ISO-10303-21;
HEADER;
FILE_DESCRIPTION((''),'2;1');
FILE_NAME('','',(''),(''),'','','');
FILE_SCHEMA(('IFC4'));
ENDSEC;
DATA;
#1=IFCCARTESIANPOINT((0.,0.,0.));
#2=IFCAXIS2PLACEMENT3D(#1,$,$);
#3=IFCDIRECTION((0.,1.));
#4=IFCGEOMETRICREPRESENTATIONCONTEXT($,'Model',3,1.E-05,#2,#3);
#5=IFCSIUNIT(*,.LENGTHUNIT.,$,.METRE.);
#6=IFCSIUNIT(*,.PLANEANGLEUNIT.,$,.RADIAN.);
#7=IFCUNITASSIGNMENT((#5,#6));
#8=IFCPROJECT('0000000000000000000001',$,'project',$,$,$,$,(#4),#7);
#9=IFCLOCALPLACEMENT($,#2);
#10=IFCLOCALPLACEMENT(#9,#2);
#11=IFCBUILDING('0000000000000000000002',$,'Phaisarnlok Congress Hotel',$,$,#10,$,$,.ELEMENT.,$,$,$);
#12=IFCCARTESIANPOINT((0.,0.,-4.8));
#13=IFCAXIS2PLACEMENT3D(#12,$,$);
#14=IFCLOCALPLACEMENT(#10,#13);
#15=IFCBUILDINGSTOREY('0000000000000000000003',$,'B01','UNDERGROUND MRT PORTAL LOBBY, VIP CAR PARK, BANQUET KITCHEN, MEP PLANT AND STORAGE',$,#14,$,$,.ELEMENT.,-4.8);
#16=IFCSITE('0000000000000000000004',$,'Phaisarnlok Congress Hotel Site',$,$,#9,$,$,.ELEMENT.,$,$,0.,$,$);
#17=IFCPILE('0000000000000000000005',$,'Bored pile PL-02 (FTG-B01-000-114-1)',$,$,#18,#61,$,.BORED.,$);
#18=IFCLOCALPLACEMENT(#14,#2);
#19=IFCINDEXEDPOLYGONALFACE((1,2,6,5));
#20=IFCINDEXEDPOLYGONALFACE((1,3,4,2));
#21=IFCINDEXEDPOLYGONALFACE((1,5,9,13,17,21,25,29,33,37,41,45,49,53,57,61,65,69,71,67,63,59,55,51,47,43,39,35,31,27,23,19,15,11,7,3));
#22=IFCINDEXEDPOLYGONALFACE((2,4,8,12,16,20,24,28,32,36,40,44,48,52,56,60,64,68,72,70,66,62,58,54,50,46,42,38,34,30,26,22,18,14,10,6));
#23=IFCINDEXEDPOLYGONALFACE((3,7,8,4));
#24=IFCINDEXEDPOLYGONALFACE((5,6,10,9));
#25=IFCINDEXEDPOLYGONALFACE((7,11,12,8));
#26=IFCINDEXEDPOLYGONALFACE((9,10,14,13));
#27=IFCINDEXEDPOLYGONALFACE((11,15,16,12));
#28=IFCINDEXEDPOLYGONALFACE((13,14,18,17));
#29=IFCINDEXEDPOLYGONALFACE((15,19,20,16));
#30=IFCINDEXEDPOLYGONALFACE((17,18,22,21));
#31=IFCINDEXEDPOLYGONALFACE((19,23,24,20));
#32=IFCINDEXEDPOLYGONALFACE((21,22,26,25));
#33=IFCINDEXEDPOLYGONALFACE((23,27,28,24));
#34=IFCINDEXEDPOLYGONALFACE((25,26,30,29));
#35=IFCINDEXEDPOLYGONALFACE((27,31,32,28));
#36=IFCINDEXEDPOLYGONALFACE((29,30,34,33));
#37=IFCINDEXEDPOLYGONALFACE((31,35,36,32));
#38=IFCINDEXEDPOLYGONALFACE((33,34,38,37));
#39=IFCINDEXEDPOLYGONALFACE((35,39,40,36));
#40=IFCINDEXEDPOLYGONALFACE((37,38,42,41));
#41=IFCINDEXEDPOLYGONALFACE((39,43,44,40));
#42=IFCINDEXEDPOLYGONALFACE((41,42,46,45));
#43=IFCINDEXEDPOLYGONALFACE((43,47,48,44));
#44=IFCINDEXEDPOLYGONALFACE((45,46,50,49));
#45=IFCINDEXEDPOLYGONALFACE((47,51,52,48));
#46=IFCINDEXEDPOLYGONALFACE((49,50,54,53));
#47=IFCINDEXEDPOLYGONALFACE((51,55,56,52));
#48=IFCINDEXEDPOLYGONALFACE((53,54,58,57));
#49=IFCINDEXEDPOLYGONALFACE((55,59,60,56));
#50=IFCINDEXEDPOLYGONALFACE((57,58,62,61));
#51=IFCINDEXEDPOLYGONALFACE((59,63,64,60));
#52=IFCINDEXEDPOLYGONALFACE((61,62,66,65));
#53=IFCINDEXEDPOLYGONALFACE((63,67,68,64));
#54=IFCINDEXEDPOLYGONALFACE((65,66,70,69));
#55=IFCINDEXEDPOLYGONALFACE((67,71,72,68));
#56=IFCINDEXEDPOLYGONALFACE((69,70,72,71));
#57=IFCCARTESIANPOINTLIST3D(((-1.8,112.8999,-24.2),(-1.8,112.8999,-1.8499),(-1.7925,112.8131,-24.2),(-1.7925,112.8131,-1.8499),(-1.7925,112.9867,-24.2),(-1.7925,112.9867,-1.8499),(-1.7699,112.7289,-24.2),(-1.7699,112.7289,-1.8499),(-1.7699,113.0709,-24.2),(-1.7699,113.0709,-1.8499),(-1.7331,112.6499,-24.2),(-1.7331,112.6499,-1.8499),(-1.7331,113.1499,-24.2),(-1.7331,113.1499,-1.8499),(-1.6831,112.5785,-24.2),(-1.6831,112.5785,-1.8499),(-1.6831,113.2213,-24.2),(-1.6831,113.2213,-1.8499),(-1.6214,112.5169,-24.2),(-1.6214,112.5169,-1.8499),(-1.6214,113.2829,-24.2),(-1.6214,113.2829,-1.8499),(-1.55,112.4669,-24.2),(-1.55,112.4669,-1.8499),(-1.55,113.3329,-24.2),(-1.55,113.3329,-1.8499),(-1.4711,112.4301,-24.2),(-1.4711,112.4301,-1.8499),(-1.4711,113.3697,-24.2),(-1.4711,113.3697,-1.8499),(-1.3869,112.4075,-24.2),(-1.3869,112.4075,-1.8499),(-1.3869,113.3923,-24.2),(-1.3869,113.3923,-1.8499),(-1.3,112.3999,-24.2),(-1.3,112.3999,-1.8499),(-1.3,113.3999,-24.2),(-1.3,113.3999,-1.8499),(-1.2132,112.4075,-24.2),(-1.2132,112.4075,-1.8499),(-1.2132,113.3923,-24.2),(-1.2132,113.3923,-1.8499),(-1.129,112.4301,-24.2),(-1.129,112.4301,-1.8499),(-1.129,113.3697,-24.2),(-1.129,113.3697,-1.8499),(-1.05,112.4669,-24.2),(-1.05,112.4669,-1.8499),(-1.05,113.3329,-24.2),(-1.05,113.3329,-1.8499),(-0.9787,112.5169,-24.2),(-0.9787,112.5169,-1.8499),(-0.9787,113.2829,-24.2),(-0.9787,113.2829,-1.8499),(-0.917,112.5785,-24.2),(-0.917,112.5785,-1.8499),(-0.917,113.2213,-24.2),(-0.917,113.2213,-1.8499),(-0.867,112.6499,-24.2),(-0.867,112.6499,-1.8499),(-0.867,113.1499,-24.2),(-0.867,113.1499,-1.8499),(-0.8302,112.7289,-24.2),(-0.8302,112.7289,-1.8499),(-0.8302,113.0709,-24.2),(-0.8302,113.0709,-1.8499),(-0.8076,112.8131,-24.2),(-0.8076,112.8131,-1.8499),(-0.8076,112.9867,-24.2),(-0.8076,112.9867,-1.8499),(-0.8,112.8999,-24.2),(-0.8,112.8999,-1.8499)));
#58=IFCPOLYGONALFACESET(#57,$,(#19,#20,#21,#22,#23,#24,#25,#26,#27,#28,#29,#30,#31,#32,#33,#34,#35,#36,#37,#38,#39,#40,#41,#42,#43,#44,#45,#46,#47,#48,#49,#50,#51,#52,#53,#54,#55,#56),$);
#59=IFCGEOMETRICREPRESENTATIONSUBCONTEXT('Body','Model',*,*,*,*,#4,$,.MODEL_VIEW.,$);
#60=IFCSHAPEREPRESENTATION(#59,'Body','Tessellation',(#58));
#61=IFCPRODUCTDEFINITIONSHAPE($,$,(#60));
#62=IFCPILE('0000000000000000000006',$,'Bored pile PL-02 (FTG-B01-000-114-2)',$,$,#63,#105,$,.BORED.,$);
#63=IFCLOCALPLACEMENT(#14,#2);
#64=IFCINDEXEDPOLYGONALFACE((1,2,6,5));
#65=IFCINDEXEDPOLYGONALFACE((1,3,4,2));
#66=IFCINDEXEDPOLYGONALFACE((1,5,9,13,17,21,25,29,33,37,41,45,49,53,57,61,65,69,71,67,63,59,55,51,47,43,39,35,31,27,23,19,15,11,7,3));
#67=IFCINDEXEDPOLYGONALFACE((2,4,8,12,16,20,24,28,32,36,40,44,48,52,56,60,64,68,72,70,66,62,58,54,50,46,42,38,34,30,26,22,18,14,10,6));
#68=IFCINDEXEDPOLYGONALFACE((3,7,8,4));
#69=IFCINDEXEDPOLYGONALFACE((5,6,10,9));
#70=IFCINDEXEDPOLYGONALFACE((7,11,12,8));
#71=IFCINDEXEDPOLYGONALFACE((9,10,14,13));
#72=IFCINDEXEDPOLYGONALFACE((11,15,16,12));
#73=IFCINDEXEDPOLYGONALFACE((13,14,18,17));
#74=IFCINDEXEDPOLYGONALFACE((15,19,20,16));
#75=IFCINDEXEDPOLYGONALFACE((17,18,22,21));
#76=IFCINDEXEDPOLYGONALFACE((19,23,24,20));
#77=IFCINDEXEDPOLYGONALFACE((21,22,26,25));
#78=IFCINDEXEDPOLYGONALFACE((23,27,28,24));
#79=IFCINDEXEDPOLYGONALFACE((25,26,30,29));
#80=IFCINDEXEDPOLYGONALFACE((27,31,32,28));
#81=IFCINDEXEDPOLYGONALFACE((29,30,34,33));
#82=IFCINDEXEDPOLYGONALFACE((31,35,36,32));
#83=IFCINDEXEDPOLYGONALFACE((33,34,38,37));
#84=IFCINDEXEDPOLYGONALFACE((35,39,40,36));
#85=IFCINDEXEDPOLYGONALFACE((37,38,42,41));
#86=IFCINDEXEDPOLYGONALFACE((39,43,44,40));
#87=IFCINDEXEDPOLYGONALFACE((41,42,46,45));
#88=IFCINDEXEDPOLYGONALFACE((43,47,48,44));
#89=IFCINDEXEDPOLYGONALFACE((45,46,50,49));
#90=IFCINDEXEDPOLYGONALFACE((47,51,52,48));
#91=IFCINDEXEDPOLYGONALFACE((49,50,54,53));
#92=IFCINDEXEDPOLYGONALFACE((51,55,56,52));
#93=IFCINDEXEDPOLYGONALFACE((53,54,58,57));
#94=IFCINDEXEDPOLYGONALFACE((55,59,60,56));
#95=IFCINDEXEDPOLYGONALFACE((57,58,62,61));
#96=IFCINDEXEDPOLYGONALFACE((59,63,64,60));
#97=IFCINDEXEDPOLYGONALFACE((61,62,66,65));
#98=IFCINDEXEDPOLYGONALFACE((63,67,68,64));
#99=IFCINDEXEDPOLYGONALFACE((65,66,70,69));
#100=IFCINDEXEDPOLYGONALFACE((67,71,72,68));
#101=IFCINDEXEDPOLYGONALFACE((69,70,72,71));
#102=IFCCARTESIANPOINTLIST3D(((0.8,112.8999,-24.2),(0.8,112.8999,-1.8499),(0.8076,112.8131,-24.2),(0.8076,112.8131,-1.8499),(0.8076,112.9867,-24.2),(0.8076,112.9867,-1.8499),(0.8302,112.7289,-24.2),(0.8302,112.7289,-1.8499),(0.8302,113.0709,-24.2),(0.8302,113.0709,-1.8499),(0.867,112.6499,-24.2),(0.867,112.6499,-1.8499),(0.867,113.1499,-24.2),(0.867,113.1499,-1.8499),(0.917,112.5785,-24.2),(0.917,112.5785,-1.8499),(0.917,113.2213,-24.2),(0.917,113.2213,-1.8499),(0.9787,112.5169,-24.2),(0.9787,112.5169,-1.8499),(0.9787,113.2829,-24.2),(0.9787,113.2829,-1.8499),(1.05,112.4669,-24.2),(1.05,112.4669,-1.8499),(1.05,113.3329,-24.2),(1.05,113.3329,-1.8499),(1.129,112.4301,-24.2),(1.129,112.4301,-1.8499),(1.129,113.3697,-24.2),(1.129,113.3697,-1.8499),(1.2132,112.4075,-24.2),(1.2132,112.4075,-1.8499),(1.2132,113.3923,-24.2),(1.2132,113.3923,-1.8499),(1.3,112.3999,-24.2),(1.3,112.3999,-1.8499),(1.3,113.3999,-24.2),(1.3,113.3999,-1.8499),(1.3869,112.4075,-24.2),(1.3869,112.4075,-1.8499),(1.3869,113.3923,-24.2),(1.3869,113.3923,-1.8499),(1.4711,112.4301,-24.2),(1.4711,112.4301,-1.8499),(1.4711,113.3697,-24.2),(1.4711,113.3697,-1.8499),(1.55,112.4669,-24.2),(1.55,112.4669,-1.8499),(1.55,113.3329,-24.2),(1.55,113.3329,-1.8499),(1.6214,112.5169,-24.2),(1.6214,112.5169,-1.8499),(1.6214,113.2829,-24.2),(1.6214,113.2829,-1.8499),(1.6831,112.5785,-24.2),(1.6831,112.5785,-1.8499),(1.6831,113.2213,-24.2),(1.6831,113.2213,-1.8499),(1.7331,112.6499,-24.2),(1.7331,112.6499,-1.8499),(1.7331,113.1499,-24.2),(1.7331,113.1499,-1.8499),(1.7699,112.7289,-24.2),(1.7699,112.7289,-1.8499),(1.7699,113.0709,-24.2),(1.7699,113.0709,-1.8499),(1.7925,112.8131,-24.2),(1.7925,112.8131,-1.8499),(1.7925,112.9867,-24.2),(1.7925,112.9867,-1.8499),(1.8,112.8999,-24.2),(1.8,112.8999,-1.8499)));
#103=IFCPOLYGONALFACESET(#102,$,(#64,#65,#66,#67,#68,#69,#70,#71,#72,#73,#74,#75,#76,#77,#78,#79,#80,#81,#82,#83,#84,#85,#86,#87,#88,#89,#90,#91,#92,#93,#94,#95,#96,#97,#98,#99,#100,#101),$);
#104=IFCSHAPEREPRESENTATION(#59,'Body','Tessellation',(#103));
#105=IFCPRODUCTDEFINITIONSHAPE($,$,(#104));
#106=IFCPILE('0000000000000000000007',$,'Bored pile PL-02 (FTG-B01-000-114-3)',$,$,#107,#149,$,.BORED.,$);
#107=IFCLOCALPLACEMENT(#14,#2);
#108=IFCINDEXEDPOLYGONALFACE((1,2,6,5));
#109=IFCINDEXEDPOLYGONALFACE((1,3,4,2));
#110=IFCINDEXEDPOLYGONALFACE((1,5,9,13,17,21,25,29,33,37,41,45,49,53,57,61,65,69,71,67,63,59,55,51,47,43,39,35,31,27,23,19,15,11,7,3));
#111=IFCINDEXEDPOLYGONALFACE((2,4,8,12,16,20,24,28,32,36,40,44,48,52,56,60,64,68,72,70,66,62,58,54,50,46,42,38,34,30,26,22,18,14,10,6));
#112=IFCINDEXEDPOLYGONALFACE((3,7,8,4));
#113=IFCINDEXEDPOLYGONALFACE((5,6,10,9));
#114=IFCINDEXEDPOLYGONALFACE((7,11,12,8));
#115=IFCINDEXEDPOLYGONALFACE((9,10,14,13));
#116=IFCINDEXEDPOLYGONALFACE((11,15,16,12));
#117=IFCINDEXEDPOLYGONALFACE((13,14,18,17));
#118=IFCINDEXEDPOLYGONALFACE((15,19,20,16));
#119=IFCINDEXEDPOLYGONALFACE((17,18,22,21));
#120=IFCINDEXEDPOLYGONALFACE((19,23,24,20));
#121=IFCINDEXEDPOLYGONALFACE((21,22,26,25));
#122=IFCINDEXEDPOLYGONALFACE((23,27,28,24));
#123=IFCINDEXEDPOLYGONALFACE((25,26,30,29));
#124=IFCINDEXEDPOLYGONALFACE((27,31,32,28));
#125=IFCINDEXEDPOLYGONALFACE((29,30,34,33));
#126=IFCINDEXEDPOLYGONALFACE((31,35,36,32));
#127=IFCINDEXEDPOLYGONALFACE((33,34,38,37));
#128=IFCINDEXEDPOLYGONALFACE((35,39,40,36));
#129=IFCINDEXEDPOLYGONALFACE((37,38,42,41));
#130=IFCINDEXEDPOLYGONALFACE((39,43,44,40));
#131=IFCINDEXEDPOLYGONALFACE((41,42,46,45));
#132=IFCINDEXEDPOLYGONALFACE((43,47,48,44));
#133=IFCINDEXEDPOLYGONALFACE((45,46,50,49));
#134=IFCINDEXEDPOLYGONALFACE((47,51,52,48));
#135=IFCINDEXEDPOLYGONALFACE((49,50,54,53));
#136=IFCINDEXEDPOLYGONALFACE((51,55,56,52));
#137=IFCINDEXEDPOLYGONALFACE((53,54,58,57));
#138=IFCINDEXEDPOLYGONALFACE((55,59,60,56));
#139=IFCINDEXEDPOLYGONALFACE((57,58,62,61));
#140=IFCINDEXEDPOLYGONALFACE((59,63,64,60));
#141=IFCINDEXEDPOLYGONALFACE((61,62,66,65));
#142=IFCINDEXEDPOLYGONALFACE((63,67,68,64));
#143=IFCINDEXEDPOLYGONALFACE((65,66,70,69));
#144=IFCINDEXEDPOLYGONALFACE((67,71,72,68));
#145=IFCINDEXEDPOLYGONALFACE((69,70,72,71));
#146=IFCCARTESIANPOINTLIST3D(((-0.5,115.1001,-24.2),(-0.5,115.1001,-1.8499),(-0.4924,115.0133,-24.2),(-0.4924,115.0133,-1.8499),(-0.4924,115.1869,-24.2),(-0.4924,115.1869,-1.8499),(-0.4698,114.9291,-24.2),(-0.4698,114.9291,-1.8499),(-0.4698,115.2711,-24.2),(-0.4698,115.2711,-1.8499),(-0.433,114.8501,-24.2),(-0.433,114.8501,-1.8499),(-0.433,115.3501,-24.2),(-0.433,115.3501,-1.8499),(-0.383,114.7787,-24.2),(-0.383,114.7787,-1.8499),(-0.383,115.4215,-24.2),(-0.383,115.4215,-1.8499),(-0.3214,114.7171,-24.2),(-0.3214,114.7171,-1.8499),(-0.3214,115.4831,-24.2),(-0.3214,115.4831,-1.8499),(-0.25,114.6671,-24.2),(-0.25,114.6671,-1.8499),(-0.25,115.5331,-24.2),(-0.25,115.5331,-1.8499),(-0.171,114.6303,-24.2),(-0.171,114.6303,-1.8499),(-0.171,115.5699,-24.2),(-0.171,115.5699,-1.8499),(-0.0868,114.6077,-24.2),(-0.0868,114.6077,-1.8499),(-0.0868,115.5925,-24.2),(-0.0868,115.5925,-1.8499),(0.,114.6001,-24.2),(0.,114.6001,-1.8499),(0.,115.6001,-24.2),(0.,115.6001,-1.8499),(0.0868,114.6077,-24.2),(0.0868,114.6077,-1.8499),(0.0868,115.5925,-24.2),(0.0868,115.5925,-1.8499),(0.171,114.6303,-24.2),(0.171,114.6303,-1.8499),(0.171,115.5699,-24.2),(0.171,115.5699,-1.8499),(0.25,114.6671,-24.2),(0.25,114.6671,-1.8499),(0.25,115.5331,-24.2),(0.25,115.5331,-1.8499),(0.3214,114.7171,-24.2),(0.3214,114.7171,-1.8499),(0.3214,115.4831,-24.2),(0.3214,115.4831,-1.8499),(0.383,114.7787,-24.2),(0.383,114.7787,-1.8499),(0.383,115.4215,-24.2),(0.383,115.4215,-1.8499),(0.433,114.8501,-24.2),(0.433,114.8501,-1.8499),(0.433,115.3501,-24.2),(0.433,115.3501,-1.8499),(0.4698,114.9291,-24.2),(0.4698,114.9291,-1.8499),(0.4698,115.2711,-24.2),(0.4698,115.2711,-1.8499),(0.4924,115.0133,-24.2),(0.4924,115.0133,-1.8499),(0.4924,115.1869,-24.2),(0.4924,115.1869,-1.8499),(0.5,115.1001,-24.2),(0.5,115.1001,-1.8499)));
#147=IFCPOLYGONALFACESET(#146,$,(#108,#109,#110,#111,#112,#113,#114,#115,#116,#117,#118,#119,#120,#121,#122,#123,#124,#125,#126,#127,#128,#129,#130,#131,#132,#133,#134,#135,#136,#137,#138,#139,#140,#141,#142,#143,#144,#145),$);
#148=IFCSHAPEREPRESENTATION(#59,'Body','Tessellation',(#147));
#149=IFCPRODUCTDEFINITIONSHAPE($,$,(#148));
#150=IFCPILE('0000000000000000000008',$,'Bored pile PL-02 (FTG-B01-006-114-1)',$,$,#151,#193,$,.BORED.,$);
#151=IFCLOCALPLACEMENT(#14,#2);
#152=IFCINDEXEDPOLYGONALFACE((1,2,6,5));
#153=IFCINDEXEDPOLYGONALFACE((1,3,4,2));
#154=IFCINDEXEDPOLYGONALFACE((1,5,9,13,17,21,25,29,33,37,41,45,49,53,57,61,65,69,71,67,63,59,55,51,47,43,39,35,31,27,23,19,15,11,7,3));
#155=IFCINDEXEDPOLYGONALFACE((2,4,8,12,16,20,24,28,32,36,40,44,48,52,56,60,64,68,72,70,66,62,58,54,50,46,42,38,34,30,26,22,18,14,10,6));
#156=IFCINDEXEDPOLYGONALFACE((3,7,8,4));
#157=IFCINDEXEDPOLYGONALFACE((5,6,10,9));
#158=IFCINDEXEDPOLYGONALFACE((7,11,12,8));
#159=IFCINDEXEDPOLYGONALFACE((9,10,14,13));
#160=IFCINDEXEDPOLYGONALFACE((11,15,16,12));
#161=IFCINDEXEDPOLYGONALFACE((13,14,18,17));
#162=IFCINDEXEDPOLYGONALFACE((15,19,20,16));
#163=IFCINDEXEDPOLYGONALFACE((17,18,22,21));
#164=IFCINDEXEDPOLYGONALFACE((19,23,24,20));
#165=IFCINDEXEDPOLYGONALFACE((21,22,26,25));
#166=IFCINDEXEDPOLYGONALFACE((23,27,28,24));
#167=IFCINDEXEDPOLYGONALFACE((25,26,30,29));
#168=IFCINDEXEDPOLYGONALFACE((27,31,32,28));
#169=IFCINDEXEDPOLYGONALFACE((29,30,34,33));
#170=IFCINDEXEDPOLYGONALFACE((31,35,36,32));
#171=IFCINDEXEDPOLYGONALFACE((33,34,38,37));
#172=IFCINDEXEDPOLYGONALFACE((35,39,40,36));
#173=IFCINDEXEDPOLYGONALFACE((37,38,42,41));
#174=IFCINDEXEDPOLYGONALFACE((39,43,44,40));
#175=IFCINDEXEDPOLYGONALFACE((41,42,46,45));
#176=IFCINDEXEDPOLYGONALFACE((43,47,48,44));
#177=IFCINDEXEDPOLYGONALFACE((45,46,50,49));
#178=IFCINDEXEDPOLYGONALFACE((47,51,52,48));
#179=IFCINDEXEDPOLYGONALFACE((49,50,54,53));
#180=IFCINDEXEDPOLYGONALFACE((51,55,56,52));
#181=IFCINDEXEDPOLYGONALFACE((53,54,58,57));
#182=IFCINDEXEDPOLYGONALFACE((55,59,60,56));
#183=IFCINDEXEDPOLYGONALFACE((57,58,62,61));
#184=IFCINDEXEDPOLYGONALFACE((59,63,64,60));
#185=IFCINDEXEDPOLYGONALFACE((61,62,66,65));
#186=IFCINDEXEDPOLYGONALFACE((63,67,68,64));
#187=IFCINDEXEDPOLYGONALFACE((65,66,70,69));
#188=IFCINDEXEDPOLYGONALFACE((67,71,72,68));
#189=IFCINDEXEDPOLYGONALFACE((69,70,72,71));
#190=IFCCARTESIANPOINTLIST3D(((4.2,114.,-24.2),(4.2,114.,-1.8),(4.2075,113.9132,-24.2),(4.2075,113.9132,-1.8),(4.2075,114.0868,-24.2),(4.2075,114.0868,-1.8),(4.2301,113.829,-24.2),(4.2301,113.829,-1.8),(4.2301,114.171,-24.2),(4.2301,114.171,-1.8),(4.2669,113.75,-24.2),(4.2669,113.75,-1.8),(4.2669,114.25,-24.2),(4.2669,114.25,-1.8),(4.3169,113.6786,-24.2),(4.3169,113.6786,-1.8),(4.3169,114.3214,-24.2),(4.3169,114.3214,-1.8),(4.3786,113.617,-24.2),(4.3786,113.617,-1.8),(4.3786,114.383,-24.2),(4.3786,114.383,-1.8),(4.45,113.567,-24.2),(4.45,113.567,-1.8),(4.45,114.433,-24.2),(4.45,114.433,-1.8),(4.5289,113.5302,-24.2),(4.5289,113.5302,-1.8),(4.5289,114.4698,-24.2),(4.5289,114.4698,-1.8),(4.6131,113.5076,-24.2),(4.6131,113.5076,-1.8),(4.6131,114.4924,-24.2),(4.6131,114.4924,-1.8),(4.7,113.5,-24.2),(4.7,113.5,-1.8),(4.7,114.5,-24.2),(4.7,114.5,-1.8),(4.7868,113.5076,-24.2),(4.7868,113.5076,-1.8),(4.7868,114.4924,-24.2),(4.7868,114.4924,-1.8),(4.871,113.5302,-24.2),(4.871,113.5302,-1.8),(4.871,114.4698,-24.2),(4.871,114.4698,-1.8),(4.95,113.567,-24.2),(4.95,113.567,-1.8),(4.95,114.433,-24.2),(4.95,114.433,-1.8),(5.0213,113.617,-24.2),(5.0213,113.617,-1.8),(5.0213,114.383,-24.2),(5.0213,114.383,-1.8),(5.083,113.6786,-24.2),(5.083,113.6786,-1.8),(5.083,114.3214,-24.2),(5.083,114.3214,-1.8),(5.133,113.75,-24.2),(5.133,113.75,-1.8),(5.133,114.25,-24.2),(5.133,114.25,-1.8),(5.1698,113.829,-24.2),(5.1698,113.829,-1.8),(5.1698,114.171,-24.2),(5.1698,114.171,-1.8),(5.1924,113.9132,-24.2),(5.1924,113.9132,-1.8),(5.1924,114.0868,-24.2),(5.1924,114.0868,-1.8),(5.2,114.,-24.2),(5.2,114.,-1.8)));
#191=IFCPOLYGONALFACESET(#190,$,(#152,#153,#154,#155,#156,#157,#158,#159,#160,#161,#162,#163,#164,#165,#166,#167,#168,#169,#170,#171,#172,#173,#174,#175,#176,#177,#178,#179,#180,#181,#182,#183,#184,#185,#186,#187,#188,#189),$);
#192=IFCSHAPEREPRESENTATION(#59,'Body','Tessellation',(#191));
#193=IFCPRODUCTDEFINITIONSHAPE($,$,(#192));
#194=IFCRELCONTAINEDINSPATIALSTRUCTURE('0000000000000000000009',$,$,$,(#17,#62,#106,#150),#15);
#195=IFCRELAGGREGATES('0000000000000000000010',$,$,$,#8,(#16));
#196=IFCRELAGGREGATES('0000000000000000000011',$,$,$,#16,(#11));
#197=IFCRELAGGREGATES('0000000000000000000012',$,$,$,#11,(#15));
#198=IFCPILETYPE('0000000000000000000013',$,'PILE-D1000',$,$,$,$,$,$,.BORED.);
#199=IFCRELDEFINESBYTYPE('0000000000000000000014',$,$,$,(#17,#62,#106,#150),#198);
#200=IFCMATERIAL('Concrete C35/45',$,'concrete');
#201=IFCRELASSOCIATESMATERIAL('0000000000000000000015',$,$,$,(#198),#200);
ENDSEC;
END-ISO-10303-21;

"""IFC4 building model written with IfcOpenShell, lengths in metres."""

from ifc_helpers import new_model, si_unit, direction, frame, origin, origin_2d, place, context, subcontext, project, spatial, circle, extrude, material, material_profile, profile_set, type_object, element, save


model = new_model("IFC4")

# Units and contexts
model_context = context("Model", 3, precision=1e-05, world=origin(), true_north=direction((0.0, 1.0)))
body_context = subcontext(model_context, "Body", "Model", "MODEL_VIEW")
ifc_project = project(units=[si_unit("LENGTHUNIT", "METRE"), si_unit("PLANEANGLEUNIT", "RADIAN")], contexts=[model_context])

# Site, building, storey
site_placement = place(None, origin())
site = spatial("IfcSite", under=ifc_project, at=site_placement, Name="Phaisarnlok Congress Hotel Site", CompositionType="ELEMENT", RefElevation=0.0)
building_placement = place(site_placement, origin())
building = spatial("IfcBuilding", under=site, at=building_placement, Name="Phaisarnlok Congress Hotel", CompositionType="ELEMENT")
storey_placement = place(building_placement, frame((0.0, 0.0, -4.8)))
storey = spatial("IfcBuildingStorey", under=building, at=storey_placement, Name="B01", Description="UNDERGROUND MRT PORTAL LOBBY, VIP CAR PARK, BANQUET KITCHEN, MEP PLANT AND STORAGE", CompositionType="ELEMENT", Elevation=-4.8)

# Piles
ifc_material_1 = material(Name="Concrete C35/45", Category="concrete")
ifc_material_profile_1 = material_profile(ifc_material_1, circle(Radius=0.5, at=origin_2d()), Name="BORED PILE D1000")
ifc_profile_set_1 = profile_set([ifc_material_profile_1], Name="Concrete C35/45")
pile_type_1 = type_object("IfcPileType", Name="PILE-D1000", PredefinedType="BORED", material=ifc_profile_set_1)
for number, where, z_axis, x_axis, name in (
    (1, (-1.3, 112.8999, -1.8499), (0.0, 0.0, -1.0), (1.0, 0.0, 0.0), "Bored pile PL-02 (FTG-B01-000-114-1)"),
    (2, (1.3, 112.8999, -1.8499), (0.0, 0.0, -1.0), (1.0, 0.0, 0.0), "Bored pile PL-02 (FTG-B01-000-114-2)"),
    (3, (0.0, 115.1001, -1.8499), (0.0, 0.0, -1.0), (1.0, 0.0, 0.0), "Bored pile PL-02 (FTG-B01-000-114-3)"),
):
    element("IfcPile", number, at=place(storey_placement, frame(where, z_axis=z_axis, x_axis=x_axis)), inside=storey, type_object=pile_type_1, Name=name, PredefinedType="BORED", context=body_context, shape_type="SweptSolid", body=[
        extrude(circle(Radius=0.5, at=origin_2d()), origin(), (0.0, 0.0, 1.0), 22.3501),
    ])
pile_1_placement = place(storey_placement, frame((4.7, 114.0, -1.8), z_axis=(0.0, 0.0, -1.0), x_axis=(1.0, 0.0, 0.0)))
element("IfcPile", 4, at=pile_1_placement, inside=storey, type_object=pile_type_1, Name="Bored pile PL-02 (FTG-B01-006-114-1)", PredefinedType="BORED", context=body_context, shape_type="SweptSolid", body=[
    extrude(circle(Radius=0.5, at=origin_2d()), origin(), (0.0, 0.0, 1.0), 22.3999),
])

save(model, "model.ifc")
